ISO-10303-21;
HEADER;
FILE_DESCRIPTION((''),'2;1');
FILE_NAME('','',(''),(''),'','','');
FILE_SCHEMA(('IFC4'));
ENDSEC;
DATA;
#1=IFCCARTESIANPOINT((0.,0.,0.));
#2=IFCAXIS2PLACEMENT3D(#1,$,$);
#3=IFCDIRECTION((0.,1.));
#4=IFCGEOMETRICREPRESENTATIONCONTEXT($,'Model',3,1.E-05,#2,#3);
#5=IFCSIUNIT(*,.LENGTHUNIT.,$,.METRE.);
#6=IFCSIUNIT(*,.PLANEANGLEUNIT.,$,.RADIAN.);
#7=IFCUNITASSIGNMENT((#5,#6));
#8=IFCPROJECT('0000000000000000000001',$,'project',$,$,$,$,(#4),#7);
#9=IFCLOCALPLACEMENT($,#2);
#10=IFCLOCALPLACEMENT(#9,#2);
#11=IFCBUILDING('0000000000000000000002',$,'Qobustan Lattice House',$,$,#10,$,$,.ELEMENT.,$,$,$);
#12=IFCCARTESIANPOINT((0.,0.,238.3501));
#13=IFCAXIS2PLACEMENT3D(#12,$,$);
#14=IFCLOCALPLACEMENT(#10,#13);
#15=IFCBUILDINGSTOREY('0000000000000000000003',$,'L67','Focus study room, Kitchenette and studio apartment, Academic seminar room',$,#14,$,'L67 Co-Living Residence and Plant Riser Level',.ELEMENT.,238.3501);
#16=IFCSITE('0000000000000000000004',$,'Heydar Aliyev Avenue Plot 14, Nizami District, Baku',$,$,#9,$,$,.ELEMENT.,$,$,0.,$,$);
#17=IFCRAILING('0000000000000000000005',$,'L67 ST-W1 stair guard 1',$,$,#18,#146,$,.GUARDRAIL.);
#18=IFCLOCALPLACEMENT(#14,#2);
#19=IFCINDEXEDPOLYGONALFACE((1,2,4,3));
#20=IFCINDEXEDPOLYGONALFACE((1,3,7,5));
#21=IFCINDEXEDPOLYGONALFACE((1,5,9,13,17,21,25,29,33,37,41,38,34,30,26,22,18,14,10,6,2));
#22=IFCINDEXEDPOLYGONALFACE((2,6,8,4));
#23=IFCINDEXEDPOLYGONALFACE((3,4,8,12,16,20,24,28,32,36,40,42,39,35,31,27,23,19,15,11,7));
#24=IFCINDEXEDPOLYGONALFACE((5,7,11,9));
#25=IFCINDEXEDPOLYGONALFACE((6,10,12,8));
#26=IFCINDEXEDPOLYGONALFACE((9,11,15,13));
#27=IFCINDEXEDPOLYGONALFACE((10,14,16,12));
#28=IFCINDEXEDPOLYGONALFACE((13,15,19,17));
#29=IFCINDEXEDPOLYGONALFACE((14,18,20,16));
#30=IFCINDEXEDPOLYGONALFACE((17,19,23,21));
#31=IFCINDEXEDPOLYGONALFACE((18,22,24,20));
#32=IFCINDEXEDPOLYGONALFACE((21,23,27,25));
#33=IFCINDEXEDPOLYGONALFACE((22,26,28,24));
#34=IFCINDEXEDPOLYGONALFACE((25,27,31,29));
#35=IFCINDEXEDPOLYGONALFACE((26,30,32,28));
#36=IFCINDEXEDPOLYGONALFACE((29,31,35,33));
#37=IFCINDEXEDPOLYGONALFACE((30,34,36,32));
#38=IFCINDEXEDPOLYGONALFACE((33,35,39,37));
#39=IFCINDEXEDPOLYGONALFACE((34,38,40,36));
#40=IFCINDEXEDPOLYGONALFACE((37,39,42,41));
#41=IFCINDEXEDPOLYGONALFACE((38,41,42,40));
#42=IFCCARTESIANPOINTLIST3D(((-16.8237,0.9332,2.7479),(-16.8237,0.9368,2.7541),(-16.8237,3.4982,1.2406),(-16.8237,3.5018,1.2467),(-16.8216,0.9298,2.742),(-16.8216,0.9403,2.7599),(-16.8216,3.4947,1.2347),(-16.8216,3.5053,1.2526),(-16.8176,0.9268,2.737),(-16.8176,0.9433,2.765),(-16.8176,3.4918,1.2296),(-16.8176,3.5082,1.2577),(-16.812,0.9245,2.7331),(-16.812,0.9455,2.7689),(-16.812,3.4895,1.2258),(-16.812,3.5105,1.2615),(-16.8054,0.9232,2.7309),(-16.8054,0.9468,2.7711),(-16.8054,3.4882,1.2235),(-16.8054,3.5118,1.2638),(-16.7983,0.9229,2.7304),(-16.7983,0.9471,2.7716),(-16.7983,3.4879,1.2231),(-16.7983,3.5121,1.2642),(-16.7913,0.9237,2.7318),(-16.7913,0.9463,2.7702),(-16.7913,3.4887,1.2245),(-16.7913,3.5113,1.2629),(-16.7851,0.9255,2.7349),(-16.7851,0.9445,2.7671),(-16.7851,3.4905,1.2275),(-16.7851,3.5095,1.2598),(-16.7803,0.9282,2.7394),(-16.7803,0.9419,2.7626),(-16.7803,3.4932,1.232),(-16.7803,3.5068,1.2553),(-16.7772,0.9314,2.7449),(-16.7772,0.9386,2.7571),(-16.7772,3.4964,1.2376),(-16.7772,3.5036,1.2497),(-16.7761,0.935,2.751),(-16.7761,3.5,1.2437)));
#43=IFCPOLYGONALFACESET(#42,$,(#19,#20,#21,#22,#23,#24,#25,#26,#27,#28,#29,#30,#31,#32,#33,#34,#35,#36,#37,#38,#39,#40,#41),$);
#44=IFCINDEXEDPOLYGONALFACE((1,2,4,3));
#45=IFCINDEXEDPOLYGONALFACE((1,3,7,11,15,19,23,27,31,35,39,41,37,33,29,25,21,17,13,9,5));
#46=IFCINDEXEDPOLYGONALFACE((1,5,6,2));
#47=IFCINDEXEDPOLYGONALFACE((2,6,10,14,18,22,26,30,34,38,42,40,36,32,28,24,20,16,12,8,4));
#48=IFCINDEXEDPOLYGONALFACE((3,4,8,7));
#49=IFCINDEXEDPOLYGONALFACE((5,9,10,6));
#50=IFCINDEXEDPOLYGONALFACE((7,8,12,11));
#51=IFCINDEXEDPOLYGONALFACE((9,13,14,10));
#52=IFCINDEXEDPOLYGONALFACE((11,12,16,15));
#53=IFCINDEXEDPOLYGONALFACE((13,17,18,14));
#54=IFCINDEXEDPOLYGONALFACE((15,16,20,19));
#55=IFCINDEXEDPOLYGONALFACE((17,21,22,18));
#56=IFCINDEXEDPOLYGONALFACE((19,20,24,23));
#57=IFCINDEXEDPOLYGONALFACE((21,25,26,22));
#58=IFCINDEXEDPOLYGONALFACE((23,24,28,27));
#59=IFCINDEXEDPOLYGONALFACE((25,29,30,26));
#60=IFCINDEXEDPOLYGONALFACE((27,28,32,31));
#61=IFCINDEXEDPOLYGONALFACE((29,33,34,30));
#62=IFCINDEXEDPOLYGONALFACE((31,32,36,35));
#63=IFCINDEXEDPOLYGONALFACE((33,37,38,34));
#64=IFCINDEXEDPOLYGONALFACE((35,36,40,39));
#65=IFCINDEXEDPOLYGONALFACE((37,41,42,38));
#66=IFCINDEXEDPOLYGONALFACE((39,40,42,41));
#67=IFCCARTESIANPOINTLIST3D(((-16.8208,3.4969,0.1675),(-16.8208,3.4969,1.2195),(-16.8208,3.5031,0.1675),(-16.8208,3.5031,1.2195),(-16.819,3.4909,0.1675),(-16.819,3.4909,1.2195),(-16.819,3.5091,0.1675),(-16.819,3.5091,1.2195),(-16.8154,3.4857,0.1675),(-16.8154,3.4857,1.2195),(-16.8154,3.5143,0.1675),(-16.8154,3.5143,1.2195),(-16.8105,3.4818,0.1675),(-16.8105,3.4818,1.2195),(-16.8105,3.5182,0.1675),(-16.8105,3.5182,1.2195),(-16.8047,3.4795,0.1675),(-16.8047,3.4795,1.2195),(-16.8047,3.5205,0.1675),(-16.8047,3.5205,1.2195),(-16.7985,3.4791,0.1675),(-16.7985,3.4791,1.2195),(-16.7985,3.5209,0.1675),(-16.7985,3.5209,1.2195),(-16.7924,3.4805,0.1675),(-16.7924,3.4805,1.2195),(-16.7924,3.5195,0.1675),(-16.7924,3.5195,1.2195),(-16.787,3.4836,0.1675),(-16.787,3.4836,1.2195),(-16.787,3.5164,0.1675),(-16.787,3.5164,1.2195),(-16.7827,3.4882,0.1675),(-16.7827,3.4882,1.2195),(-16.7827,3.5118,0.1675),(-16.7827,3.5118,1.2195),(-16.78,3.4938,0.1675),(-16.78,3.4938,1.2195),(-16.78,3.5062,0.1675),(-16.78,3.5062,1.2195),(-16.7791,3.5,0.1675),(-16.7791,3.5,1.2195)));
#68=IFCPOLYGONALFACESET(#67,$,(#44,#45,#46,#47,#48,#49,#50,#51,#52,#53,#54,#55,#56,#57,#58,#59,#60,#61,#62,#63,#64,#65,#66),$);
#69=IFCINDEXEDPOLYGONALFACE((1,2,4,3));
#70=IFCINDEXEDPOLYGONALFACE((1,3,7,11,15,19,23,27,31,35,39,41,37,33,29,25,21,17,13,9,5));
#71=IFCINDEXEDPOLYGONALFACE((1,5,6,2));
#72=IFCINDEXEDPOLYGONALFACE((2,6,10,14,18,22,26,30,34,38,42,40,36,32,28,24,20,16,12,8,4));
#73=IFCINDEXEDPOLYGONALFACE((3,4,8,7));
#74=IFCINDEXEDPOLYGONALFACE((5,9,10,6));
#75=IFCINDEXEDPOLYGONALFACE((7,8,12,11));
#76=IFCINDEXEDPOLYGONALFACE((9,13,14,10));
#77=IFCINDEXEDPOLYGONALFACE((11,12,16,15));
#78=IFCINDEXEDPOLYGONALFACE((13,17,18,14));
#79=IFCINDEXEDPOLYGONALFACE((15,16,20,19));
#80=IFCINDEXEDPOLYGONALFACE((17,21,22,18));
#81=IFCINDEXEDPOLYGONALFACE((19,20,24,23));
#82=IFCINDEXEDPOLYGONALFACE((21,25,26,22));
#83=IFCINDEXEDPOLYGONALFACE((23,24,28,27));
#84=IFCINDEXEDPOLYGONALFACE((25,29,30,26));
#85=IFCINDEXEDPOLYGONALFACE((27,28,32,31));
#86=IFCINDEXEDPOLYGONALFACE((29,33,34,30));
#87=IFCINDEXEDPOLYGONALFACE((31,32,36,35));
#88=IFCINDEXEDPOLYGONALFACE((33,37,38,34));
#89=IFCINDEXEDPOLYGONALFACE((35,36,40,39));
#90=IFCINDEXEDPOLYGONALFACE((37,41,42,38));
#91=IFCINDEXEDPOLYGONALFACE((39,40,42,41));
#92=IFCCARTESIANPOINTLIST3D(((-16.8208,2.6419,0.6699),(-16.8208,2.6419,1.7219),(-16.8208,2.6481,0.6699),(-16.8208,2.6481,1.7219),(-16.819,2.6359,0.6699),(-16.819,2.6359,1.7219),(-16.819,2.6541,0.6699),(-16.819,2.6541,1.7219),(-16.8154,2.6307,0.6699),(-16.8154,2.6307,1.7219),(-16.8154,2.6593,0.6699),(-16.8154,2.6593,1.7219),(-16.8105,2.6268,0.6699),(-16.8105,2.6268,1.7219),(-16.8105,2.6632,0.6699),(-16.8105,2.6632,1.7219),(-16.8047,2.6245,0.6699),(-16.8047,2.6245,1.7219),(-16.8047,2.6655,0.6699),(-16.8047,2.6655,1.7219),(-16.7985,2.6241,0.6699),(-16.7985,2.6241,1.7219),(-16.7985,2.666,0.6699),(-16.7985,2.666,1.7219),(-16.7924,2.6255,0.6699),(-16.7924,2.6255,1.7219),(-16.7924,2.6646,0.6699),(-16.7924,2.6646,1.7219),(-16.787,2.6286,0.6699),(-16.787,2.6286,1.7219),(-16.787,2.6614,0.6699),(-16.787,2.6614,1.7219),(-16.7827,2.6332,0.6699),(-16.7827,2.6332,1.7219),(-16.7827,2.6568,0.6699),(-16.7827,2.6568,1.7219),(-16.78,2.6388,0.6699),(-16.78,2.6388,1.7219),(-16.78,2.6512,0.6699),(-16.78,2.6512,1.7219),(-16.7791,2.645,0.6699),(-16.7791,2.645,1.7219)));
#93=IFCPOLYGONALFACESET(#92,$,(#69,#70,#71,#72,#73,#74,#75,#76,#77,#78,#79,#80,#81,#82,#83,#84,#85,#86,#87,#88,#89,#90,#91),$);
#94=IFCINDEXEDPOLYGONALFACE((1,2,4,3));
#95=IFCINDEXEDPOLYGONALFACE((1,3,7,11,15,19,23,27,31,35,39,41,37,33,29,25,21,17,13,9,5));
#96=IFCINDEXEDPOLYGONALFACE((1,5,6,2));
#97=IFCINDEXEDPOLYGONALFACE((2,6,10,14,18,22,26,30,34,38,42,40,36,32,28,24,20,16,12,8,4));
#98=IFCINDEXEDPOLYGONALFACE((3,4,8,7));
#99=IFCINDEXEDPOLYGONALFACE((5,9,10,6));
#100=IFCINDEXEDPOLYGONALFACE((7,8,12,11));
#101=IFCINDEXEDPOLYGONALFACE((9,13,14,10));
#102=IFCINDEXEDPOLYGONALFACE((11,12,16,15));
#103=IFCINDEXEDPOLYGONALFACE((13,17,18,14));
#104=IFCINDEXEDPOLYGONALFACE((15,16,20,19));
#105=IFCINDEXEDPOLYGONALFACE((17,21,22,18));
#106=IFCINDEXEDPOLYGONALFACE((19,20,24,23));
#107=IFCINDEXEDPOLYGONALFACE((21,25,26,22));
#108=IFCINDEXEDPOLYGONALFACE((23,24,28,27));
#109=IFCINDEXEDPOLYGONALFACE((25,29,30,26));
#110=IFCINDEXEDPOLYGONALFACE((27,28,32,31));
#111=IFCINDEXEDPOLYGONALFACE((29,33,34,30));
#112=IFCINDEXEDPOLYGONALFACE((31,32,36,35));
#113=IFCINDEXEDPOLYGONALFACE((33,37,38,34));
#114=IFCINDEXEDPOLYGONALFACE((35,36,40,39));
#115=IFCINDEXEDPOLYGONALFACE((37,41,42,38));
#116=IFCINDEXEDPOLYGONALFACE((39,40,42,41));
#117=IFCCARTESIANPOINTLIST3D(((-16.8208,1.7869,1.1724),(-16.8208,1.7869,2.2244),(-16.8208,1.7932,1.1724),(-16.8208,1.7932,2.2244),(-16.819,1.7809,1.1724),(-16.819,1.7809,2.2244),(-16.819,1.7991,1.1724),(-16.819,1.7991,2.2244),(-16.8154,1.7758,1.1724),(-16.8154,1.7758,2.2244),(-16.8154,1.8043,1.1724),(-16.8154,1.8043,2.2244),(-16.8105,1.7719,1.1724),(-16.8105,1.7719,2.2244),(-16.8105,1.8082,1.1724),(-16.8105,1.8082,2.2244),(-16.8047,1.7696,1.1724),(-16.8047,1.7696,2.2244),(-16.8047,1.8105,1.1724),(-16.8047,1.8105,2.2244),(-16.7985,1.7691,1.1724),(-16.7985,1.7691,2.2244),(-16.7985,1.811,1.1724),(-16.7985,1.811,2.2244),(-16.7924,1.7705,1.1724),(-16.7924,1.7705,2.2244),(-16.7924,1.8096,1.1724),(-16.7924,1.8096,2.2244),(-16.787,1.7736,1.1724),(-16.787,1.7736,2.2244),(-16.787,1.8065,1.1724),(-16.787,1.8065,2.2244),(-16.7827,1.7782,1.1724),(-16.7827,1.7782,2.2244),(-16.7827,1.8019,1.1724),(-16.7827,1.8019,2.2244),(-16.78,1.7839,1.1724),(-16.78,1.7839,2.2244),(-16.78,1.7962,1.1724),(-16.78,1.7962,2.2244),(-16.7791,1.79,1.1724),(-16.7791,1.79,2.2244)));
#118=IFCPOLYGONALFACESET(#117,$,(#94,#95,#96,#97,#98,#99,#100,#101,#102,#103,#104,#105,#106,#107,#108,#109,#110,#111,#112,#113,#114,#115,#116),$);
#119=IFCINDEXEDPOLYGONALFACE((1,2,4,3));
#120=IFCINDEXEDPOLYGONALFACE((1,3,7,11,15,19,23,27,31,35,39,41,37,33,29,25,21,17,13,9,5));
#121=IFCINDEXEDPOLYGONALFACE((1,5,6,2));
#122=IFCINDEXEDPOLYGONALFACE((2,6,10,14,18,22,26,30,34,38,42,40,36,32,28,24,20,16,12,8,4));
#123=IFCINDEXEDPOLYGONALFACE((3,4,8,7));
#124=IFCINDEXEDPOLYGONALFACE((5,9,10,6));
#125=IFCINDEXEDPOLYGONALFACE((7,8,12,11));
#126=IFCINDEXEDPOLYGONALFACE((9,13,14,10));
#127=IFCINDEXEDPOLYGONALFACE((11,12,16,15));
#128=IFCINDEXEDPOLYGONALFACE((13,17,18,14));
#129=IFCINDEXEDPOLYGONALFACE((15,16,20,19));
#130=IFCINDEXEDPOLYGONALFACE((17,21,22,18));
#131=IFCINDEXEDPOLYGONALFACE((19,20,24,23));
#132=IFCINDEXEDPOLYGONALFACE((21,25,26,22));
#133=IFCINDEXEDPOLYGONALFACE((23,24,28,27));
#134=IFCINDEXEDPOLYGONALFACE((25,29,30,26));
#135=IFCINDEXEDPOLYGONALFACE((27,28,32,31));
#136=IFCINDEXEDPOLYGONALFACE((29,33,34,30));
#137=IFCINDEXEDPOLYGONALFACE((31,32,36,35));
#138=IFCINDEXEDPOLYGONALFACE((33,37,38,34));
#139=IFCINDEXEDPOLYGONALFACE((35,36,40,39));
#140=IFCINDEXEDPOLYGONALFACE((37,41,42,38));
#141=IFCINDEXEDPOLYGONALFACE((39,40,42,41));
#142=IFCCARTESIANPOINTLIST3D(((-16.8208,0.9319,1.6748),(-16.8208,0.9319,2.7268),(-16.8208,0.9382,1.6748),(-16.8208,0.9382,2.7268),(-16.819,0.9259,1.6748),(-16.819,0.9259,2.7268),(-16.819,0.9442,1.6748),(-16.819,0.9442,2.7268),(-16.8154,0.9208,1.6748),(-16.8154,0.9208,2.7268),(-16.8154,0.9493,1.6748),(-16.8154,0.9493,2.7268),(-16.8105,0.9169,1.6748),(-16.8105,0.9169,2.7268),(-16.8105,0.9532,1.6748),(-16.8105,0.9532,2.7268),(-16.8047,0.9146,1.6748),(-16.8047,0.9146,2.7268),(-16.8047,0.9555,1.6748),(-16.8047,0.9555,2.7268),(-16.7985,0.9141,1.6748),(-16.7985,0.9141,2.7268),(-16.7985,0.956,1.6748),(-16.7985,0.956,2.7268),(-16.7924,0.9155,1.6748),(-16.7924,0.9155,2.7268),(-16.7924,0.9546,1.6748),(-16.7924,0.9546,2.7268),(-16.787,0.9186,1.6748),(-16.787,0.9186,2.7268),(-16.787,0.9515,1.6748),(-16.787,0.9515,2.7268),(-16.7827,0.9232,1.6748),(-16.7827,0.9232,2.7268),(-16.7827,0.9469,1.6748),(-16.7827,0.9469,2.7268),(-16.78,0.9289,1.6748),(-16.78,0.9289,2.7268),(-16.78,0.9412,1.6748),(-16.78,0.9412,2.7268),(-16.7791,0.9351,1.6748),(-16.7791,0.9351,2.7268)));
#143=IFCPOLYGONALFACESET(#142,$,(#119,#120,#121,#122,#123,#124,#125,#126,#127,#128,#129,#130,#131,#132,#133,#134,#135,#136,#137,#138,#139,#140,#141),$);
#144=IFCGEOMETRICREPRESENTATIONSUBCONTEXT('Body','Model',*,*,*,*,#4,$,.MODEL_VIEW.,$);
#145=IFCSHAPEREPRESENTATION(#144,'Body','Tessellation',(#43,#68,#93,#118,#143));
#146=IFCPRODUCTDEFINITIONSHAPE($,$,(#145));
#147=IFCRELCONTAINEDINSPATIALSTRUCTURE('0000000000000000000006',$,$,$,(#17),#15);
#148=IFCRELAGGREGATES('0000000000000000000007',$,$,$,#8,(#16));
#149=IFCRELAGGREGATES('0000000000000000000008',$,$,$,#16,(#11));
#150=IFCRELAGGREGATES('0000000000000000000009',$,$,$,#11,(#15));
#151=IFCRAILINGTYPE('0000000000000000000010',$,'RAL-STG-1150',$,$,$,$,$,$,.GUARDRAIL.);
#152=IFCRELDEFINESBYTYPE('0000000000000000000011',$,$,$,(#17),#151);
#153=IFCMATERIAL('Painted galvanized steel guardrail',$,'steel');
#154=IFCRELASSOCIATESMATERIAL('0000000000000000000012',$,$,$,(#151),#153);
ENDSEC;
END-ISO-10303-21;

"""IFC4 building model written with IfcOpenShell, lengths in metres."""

from ifc_helpers import new_model, si_unit, direction, frame, origin, origin_2d, place, context, subcontext, project, spatial, circle, extrude, material, type_object, element, save


model = new_model("IFC4")

# Units and contexts
model_context = context("Model", 3, precision=1e-05, world=origin(), true_north=direction((0.0, 1.0)))
body_context = subcontext(model_context, "Body", "Model", "MODEL_VIEW")
ifc_project = project(units=[si_unit("LENGTHUNIT", "METRE"), si_unit("PLANEANGLEUNIT", "RADIAN")], contexts=[model_context])

# Site, building, storey
site_placement = place(None, origin())
site = spatial("IfcSite", under=ifc_project, at=site_placement, Name="Heydar Aliyev Avenue Plot 14, Nizami District, Baku", CompositionType="ELEMENT", RefElevation=0.0)
building_placement = place(site_placement, origin())
building = spatial("IfcBuilding", under=site, at=building_placement, Name="Qobustan Lattice House", CompositionType="ELEMENT")
storey_placement = place(building_placement, frame((0.0, 0.0, 238.3501)))
storey = spatial("IfcBuildingStorey", under=building, at=storey_placement, Name="L67", Description="Focus study room, Kitchenette and studio apartment, Academic seminar room", LongName="L67 Co-Living Residence and Plant Riser Level", CompositionType="ELEMENT", Elevation=238.3501)

# Railing
ifc_material_1 = material(Name="Painted galvanized steel guardrail", Category="steel")
railing_type_1 = type_object("IfcRailingType", Name="RAL-STG-1150", PredefinedType="GUARDRAIL", material=ifc_material_1)
railing_1_placement = place(storey_placement, frame((-16.8, 3.5, 0.1675)))
element("IfcRailing", 1, at=railing_1_placement, inside=storey, type_object=railing_type_1, Name="L67 ST-W1 stair guard 1", PredefinedType="GUARDRAIL", context=body_context, shape_type="SweptSolid", body=[
    extrude(circle(Radius=0.0239, at=origin_2d()), frame((0.0, 0.0, 1.0762), z_axis=(0.0, -0.862149, 0.506654), x_axis=(1.0, 0.0, 0.0)), (0.0, 0.0, 1.0), 2.9751),
    extrude(circle(Radius=0.021, at=origin_2d()), origin(), (0.0, 0.0, 1.0), 1.052),
    extrude(circle(Radius=0.021, at=origin_2d()), frame((0.0, -0.855, 0.5024)), (0.0, 0.0, 1.0), 1.052),
    extrude(circle(Radius=0.021, at=origin_2d()), frame((0.0, -1.71, 1.0049)), (0.0, 0.0, 1.0), 1.052),
    extrude(circle(Radius=0.021, at=origin_2d()), frame((0.0, -2.5649, 1.5073)), (0.0, 0.0, 1.0), 1.052),
])

save(model, "model.ifc")
